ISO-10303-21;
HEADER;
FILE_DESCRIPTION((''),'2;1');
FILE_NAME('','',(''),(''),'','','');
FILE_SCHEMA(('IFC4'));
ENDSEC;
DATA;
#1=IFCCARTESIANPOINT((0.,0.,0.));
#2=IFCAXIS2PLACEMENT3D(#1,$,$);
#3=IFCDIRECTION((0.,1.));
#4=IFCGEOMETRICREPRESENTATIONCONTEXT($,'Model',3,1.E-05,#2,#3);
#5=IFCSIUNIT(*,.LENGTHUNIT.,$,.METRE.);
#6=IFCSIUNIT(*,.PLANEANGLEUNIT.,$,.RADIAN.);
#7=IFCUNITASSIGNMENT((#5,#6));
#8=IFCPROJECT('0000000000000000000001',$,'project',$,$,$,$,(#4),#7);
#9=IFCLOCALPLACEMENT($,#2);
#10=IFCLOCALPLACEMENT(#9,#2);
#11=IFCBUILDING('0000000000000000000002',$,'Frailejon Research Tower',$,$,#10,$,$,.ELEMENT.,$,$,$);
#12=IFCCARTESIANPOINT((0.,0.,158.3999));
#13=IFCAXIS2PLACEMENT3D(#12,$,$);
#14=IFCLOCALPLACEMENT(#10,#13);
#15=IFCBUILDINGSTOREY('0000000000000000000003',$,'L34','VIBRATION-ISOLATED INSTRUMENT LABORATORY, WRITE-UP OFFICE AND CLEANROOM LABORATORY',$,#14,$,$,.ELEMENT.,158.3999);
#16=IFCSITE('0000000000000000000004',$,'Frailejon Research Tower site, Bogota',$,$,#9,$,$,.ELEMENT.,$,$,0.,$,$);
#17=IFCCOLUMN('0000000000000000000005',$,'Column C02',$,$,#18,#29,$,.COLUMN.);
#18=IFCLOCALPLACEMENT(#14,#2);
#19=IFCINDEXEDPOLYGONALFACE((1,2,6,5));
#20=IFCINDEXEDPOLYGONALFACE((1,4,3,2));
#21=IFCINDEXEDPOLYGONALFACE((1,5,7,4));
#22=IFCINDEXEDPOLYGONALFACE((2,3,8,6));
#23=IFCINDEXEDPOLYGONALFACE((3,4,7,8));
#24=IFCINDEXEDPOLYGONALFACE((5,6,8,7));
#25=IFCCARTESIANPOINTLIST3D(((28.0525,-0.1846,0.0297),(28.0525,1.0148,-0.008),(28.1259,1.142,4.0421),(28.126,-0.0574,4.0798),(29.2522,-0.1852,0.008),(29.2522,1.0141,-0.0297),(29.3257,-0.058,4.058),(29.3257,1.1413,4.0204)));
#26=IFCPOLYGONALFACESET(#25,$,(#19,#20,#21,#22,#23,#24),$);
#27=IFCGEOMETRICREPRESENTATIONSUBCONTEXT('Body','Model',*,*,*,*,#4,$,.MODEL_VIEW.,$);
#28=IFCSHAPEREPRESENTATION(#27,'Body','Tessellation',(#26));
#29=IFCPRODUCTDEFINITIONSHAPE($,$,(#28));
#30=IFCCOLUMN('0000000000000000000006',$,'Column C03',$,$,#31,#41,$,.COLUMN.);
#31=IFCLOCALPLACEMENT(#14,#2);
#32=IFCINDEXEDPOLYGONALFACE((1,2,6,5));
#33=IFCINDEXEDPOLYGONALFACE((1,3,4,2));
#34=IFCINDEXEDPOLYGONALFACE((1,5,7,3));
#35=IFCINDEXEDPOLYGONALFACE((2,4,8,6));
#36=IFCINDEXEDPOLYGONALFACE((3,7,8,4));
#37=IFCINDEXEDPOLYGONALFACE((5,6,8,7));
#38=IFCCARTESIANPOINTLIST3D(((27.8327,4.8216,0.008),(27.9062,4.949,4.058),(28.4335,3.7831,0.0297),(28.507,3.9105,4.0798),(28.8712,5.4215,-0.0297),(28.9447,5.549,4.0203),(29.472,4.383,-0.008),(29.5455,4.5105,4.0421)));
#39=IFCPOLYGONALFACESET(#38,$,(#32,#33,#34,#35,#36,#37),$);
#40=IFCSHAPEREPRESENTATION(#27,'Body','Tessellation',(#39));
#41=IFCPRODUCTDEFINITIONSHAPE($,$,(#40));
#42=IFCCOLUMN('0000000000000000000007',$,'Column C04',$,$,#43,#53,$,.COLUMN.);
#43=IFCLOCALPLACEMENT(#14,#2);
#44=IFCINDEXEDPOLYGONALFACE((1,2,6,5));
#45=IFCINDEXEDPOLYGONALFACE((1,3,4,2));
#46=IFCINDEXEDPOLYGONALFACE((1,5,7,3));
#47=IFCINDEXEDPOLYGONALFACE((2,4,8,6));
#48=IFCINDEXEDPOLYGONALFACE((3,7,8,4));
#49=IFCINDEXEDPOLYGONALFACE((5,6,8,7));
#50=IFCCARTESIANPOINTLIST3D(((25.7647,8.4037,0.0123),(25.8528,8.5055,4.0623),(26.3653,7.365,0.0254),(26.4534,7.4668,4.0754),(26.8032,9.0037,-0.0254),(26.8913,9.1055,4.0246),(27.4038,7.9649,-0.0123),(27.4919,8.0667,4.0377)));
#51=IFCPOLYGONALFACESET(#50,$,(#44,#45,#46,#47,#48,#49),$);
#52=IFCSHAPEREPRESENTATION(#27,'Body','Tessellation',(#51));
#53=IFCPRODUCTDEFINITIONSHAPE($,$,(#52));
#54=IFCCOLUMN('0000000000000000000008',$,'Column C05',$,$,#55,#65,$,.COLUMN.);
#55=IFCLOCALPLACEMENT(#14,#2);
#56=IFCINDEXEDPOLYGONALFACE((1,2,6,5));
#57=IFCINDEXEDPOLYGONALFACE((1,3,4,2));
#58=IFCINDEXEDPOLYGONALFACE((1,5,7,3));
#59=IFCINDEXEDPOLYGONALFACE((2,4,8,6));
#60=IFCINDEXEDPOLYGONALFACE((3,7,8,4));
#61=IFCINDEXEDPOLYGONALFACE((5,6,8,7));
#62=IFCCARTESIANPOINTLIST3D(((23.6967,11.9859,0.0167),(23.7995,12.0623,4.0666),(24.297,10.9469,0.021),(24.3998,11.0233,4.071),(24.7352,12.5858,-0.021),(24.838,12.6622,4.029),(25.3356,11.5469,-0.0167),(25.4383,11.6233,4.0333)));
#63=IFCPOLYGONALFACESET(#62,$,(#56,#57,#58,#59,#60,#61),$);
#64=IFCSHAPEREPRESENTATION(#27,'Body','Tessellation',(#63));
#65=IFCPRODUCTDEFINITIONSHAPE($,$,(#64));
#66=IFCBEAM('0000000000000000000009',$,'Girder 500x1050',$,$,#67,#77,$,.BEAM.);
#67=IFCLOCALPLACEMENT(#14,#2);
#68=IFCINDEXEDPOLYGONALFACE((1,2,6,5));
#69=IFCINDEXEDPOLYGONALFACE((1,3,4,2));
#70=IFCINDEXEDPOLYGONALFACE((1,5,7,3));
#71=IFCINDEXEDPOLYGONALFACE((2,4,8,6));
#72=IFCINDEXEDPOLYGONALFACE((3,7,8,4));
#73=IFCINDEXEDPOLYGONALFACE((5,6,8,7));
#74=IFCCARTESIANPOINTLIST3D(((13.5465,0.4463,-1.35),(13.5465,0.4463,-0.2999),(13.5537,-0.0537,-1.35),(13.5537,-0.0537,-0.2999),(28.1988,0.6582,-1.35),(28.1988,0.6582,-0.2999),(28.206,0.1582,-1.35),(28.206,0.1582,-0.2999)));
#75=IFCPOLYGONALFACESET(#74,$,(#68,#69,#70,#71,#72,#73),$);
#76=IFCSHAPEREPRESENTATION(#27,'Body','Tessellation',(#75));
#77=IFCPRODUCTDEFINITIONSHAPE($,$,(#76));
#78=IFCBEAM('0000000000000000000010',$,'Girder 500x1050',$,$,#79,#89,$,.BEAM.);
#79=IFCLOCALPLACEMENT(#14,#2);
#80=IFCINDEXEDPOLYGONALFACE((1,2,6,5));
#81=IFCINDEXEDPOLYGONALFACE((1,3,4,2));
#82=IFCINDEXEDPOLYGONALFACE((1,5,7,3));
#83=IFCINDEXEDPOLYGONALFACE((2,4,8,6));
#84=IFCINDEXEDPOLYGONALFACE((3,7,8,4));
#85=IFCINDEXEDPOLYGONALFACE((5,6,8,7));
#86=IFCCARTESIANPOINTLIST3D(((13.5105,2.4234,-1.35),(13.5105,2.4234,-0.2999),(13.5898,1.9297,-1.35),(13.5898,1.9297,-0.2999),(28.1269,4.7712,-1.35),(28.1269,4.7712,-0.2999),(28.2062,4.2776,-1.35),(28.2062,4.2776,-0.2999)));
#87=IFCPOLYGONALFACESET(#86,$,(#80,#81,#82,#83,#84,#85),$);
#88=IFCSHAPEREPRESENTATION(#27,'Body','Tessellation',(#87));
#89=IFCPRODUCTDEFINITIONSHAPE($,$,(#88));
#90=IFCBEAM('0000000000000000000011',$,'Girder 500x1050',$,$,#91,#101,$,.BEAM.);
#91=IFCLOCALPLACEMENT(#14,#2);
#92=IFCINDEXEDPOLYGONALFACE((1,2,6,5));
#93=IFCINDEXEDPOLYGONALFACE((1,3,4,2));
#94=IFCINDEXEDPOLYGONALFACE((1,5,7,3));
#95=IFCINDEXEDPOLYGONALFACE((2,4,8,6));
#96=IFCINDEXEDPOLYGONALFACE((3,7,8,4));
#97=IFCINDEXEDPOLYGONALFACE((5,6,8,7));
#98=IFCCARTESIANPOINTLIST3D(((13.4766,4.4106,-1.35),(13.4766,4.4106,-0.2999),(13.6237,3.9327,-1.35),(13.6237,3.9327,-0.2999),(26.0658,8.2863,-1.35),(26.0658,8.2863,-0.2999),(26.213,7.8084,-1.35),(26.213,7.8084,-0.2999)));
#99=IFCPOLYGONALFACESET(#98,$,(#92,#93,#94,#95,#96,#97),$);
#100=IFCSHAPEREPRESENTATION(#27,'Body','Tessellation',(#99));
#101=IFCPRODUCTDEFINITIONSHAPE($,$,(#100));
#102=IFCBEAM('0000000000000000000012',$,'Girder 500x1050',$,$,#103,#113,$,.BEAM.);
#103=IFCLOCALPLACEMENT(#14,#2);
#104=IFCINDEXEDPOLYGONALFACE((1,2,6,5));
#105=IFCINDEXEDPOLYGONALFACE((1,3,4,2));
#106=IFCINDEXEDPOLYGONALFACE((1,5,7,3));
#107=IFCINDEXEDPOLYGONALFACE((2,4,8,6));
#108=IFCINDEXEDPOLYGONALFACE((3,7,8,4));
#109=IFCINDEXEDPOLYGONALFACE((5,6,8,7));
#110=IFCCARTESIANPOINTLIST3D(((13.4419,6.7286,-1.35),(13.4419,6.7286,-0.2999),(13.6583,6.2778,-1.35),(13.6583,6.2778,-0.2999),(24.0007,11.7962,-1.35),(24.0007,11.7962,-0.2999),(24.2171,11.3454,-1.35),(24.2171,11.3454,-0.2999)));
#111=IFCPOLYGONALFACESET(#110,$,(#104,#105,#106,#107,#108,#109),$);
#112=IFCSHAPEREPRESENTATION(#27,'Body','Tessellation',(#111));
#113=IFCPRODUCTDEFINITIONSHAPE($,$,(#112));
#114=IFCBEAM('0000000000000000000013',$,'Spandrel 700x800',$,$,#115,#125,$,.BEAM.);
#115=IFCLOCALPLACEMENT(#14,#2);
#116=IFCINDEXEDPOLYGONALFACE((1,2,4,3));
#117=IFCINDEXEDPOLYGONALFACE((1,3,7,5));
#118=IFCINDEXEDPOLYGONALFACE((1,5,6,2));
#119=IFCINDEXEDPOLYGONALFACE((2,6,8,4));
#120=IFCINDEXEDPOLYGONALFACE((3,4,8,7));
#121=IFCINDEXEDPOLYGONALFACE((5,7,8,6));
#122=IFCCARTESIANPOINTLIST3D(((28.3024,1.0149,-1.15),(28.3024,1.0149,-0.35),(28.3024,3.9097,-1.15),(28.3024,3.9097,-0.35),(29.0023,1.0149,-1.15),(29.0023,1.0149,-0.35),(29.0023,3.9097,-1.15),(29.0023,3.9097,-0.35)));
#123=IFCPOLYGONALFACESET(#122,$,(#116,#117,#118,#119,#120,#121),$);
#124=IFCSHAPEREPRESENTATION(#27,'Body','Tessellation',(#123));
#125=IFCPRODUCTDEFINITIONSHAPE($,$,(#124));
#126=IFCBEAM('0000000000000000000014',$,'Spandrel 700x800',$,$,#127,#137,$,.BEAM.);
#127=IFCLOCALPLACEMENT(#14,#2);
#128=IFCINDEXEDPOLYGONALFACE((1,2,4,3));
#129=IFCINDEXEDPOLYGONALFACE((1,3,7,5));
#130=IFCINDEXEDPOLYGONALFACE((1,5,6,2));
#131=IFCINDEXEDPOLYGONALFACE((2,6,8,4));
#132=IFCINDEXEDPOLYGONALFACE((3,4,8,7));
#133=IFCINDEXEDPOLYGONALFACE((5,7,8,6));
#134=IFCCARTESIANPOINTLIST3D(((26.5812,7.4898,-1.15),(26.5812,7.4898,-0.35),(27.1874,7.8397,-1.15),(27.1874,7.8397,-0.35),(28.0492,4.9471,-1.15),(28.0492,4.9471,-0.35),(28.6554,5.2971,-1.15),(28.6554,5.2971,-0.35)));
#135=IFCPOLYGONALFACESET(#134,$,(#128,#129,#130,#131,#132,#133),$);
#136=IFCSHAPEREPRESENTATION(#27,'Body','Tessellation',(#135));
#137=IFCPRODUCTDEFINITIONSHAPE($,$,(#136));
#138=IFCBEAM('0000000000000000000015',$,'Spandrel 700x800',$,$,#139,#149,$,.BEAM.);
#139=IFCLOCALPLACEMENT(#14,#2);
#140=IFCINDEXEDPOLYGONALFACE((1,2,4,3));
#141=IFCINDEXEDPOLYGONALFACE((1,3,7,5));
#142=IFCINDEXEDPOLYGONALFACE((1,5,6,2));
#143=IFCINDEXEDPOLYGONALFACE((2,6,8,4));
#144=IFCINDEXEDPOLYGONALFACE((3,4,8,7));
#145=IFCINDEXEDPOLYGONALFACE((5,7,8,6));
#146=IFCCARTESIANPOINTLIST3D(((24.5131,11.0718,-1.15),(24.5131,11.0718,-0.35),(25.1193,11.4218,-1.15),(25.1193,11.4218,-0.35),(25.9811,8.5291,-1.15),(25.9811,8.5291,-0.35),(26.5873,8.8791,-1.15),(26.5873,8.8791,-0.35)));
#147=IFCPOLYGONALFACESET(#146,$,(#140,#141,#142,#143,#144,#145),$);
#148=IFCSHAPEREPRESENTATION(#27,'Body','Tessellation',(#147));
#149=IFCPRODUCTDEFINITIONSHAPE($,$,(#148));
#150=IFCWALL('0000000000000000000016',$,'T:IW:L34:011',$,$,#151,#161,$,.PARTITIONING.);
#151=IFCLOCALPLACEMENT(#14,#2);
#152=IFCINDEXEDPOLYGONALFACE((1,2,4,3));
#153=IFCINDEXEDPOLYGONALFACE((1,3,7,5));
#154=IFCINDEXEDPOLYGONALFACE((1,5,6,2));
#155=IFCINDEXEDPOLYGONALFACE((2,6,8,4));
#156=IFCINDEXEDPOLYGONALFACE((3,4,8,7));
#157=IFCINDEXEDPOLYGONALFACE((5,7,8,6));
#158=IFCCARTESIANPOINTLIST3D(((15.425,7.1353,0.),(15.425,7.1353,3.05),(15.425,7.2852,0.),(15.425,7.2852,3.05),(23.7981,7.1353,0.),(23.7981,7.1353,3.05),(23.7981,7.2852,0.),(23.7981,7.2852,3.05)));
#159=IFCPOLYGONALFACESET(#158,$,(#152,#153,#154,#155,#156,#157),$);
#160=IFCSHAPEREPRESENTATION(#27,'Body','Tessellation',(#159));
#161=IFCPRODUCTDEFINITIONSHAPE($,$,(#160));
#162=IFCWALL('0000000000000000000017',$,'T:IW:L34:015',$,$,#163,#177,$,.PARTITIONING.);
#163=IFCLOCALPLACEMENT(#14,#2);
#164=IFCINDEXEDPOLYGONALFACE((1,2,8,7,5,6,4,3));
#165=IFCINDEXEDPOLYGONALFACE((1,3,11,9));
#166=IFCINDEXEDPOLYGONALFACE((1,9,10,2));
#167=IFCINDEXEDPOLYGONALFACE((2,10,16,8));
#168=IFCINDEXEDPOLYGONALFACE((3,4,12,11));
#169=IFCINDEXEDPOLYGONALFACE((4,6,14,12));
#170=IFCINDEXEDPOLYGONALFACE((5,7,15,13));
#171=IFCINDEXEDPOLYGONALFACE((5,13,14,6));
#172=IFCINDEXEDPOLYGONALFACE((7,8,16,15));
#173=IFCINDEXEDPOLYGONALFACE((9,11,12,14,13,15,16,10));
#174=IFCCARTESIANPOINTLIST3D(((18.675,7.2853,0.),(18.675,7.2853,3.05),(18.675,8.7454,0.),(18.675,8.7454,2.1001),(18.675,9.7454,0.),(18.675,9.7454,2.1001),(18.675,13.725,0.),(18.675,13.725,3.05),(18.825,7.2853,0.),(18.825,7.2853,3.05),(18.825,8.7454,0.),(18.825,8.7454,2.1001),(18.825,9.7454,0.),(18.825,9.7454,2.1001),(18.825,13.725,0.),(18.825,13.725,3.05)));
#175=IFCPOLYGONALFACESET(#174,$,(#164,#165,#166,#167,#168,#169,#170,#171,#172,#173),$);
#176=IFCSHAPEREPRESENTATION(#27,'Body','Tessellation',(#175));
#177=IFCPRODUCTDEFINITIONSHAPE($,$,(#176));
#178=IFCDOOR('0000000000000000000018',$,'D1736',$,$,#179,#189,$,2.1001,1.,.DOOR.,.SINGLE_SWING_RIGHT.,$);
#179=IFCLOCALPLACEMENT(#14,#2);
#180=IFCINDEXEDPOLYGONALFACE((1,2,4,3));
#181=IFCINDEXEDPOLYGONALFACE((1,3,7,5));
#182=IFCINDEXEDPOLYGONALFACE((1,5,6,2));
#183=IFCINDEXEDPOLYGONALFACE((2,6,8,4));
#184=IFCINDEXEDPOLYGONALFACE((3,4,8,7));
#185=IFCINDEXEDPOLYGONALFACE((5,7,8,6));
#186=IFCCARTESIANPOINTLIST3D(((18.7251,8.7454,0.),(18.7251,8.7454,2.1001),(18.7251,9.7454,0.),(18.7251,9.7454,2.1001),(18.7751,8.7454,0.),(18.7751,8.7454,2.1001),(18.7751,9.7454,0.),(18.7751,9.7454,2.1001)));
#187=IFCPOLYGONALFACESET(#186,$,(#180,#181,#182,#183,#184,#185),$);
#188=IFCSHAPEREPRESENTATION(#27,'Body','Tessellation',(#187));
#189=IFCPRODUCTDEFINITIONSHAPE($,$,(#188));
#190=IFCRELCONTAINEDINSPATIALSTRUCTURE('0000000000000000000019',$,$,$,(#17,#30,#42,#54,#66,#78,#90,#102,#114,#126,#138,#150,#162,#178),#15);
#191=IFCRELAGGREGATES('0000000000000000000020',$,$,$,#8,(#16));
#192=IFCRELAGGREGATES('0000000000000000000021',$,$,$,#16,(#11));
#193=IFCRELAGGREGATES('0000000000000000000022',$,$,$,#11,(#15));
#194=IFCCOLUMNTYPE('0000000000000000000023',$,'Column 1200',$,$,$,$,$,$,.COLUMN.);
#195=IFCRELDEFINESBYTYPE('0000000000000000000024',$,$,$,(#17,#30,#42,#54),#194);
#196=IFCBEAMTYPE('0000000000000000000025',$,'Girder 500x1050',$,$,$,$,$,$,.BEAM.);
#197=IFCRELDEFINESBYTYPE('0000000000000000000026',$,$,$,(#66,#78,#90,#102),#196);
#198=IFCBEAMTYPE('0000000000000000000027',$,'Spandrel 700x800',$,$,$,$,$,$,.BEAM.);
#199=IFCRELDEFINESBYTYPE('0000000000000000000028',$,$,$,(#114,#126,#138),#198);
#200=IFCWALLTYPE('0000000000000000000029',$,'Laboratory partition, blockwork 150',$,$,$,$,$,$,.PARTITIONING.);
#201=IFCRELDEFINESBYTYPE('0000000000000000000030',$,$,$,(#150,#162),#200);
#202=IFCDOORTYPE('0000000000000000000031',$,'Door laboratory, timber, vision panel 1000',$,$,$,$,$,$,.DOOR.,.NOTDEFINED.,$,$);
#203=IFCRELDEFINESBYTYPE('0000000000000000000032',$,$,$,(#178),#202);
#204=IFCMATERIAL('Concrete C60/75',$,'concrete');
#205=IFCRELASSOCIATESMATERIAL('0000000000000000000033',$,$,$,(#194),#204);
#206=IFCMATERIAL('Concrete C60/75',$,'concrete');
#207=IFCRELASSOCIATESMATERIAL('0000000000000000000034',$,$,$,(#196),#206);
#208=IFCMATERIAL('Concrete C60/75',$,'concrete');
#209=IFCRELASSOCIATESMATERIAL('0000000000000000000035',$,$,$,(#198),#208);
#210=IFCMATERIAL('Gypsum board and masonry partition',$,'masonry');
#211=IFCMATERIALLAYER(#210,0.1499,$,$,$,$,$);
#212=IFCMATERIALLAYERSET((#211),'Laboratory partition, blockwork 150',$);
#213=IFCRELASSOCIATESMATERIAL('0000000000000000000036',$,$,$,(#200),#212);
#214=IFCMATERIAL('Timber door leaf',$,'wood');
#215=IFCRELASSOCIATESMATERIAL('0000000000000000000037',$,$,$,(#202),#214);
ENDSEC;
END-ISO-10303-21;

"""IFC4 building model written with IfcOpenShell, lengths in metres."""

from ifc_helpers import new_model, si_unit, direction, frame, frame_2d, origin, origin_2d, place, context, subcontext, project, spatial, rectangle, extrude, material, layer, layer_set, material_profile, profile_set, type_object, element, fill, save


model = new_model("IFC4")

# Units and contexts
model_context = context("Model", 3, precision=1e-05, world=origin(), true_north=direction((0.0, 1.0)))
body_context = subcontext(model_context, "Body", "Model", "MODEL_VIEW")
ifc_project = project(units=[si_unit("LENGTHUNIT", "METRE"), si_unit("PLANEANGLEUNIT", "RADIAN")], contexts=[model_context])

# Site, building, storey
site_placement = place(None, origin())
site = spatial("IfcSite", under=ifc_project, at=site_placement, Name="Frailejon Research Tower site, Bogota", CompositionType="ELEMENT", RefElevation=0.0)
building_placement = place(site_placement, origin())
building = spatial("IfcBuilding", under=site, at=building_placement, Name="Frailejon Research Tower", CompositionType="ELEMENT")
storey_placement = place(building_placement, frame((0.0, 0.0, 158.3999)))
storey = spatial("IfcBuildingStorey", under=building, at=storey_placement, Name="L34", Description="VIBRATION-ISOLATED INSTRUMENT LABORATORY, WRITE-UP OFFICE AND CLEANROOM LABORATORY", CompositionType="ELEMENT", Elevation=158.3999)

# Columns
ifc_material_1 = material(Name="Concrete C60/75", Category="concrete")
ifc_material_profile_1 = material_profile(ifc_material_1, rectangle(XDim=1.2, YDim=1.2, at=origin_2d()), Name="Column 1200")
ifc_profile_set_1 = profile_set([ifc_material_profile_1], Name="Concrete C60/75")
column_type = type_object("IfcColumnType", Name="Column 1200", PredefinedType="COLUMN", material=ifc_profile_set_1)
for number, where, z_axis, x_axis, name in (
    (1, (28.6523, 0.4148, 0.0), (0.018133, 0.031386, 0.999343), (-0.000022, 0.999507, -0.03139), "Column C02"),
    (2, (28.6523, 4.6023, 0.0), (0.018133, 0.031446, 0.999341), (-0.500658, 0.865455, -0.018149), "Column C03"),
):
    element("IfcColumn", number, at=place(storey_placement, frame(where, z_axis=z_axis, x_axis=x_axis)), inside=storey, type_object=column_type, Name=name, PredefinedType="COLUMN", context=body_context, shape_type="SweptSolid", body=[
        extrude(rectangle(XDim=1.2, YDim=1.2, at=origin_2d()), origin(), (0.0, 0.0, 1.0), 4.0527),
    ])
column_1_placement = place(storey_placement, frame((26.5842, 8.1843, 0.0), z_axis=(0.021749, 0.025123, 0.999448), x_axis=(-0.500502, 0.865667, -0.010869)))
element("IfcColumn", 3, at=column_1_placement, inside=storey, type_object=column_type, Name="Column C04", PredefinedType="COLUMN", context=body_context, shape_type="SweptSolid", body=[
    extrude(rectangle(XDim=1.2, YDim=1.2, at=origin_2d()), origin(), (0.0, 0.0, 1.0), 4.0522),
])
column_2_placement = place(storey_placement, frame((24.5161, 11.7664, 0.0), z_axis=(0.025366, 0.018858, 0.9995), x_axis=(-0.500322, 0.865832, -0.003639)))
element("IfcColumn", 4, at=column_2_placement, inside=storey, type_object=column_type, Name="Column C05", PredefinedType="COLUMN", context=body_context, shape_type="SweptSolid", body=[
    extrude(rectangle(XDim=1.2, YDim=1.2, at=origin_2d()), origin(), (0.0, 0.0, 1.0), 4.052),
])

# Beams
ifc_material_2 = material(Name="Concrete C60/75", Category="concrete")
ifc_material_profile_2 = material_profile(ifc_material_2, rectangle(XDim=0.5, YDim=1.05, at=origin_2d()), Name="Girder 500x1050")
ifc_profile_set_2 = profile_set([ifc_material_profile_2], Name="Concrete C60/75")
beam_type_1 = type_object("IfcBeamType", Name="Girder 500x1050", PredefinedType="BEAM", material=ifc_profile_set_2)
beam_1_placement = place(storey_placement, frame((28.2024, 0.4082, -0.825), z_axis=(-0.999895, -0.014461, 0.0), x_axis=(0.014461, -0.999895, 0.0)))
element("IfcBeam", 5, at=beam_1_placement, inside=storey, type_object=beam_type_1, Name="Girder 500x1050", PredefinedType="BEAM", context=body_context, shape_type="SweptSolid", body=[
    extrude(rectangle(XDim=0.5, YDim=1.05, at=origin_2d()), origin(), (0.0, 0.0, 1.0), 14.6538),
])
beam_2_placement = place(storey_placement, frame((28.1665, 4.5244, -0.825), z_axis=(-0.987343, -0.158601, 0.0), x_axis=(0.158601, -0.987343, 0.0)))
element("IfcBeam", 6, at=beam_2_placement, inside=storey, type_object=beam_type_1, Name="Girder 500x1050", PredefinedType="BEAM", context=body_context, shape_type="SweptSolid", body=[
    extrude(rectangle(XDim=0.5, YDim=1.05, at=origin_2d()), origin(), (0.0, 0.0, 1.0), 14.8037),
])
beam_3_placement = place(storey_placement, frame((26.1394, 8.0474, -0.825), z_axis=(-0.955735, -0.29423, 0.0), x_axis=(0.29423, -0.955735, 0.0)))
element("IfcBeam", 7, at=beam_3_placement, inside=storey, type_object=beam_type_1, Name="Girder 500x1050", PredefinedType="BEAM", context=body_context, shape_type="SweptSolid", body=[
    extrude(rectangle(XDim=0.5, YDim=1.05, at=origin_2d()), origin(), (0.0, 0.0, 1.0), 13.1724),
])
beam_4_placement = place(storey_placement, frame((24.1089, 11.5708, -0.825), z_axis=(-0.901544, -0.432688, 0.0), x_axis=(0.432688, -0.901544, 0.0)))
element("IfcBeam", 8, at=beam_4_placement, inside=storey, type_object=beam_type_1, Name="Girder 500x1050", PredefinedType="BEAM", context=body_context, shape_type="SweptSolid", body=[
    extrude(rectangle(XDim=0.5, YDim=1.05, at=origin_2d()), origin(), (0.0, 0.0, 1.0), 11.7119),
])
ifc_material_3 = material(Name="Concrete C60/75", Category="concrete")
ifc_material_profile_3 = material_profile(ifc_material_3, rectangle(XDim=0.7, YDim=0.8, at=origin_2d()), Name="Spandrel 700x800")
ifc_profile_set_3 = profile_set([ifc_material_profile_3], Name="Concrete C60/75")
beam_type_2 = type_object("IfcBeamType", Name="Spandrel 700x800", PredefinedType="BEAM", material=ifc_profile_set_3)
beam_5_placement = place(storey_placement, frame((28.6523, 1.0149, -0.75), z_axis=(0.0, 1.0, 0.0), x_axis=(-1.0, 0.0, 0.0)))
element("IfcBeam", 9, at=beam_5_placement, inside=storey, type_object=beam_type_2, Name="Spandrel 700x800", PredefinedType="BEAM", context=body_context, shape_type="SweptSolid", body=[
    extrude(rectangle(XDim=0.7, YDim=0.8, at=origin_2d()), origin(), (0.0, 0.0, 1.0), 2.8948),
])
for number, where, z_axis, x_axis, name in (
    (10, (28.3523, 5.1221, -0.75), (-0.499994, 0.866029, 0.0), (-0.866029, -0.499994, 0.0), "Spandrel 700x800"),
    (11, (26.2842, 8.7041, -0.75), (-0.499994, 0.866029, 0.0), (-0.866029, -0.499994, 0.0), "Spandrel 700x800"),
):
    element("IfcBeam", number, at=place(storey_placement, frame(where, z_axis=z_axis, x_axis=x_axis)), inside=storey, type_object=beam_type_2, Name=name, PredefinedType="BEAM", context=body_context, shape_type="SweptSolid", body=[
        extrude(rectangle(XDim=0.7, YDim=0.8, at=origin_2d()), origin(), (0.0, 0.0, 1.0), 2.936),
    ])

# Wall
ifc_material_4 = material(Name="Gypsum board and masonry partition", Category="masonry")
ifc_layer_1 = layer(ifc_material_4, 0.1499)
ifc_layer_set_1 = layer_set([ifc_layer_1], Name="Laboratory partition, blockwork 150")
wall_type_1 = type_object("IfcWallType", Name="Laboratory partition, blockwork 150", PredefinedType="PARTITIONING", material=ifc_layer_set_1)
wall_1_placement = place(storey_placement, frame((15.425, 7.2102, 0.0), z_axis=(0.0, 0.0, 1.0), x_axis=(1.0, 0.0, 0.0)))
element("IfcWall", 12, at=wall_1_placement, inside=storey, type_object=wall_type_1, Name="T:IW:L34:011", PredefinedType="PARTITIONING", context=body_context, shape_type="SweptSolid", body=[
    extrude(rectangle(XDim=8.373, YDim=0.1499, at=frame_2d((4.1865, 0.0))), origin(), (0.0, 0.0, 1.0), 3.05),
])

# Wall, opening, door
wall_2_placement = place(storey_placement, frame((18.75, 7.2854, 0.0), z_axis=(0.0, 0.0, 1.0), x_axis=(0.0, 1.0, 0.0)))
wall_2 = element("IfcWall", 13, at=wall_2_placement, inside=storey, type_object=wall_type_1, Name="T:IW:L34:015", PredefinedType="PARTITIONING", context=body_context, shape_type="SweptSolid", body=[
    extrude(rectangle(XDim=6.4397, YDim=0.1499, at=frame_2d((3.2197, 0.0))), origin(), (0.0, 0.0, 1.0), 3.05),
])
opening_1_placement = place(wall_2_placement, frame((1.46, 0.0, 0.0)))
opening_1 = element("IfcOpeningElement", 14, at=opening_1_placement, cuts=wall_2, PredefinedType="OPENING", context=body_context, shape_type="SweptSolid", body=[
    extrude(rectangle(XDim=1.0, YDim=2.1001, at=frame_2d((0.5, 1.05))), frame((0.0, 0.085, 0.0), z_axis=(0.0, -1.0, 0.0), x_axis=(1.0, 0.0, 0.0)), (0.0, 0.0, 1.0), 0.1699),
])
ifc_material_5 = material(Name="Timber door leaf", Category="wood")
door_type_1 = type_object("IfcDoorType", Name="Door laboratory, timber, vision panel 1000", OperationType="NOTDEFINED", PredefinedType="DOOR", material=ifc_material_5)
door_1_placement = place(opening_1_placement, origin())
door_1 = element("IfcDoor", 15, at=door_1_placement, inside=storey, type_object=door_type_1, Name="D1736", OperationType="SINGLE_SWING_RIGHT", OverallHeight=2.1001, OverallWidth=1.0, PredefinedType="DOOR", context=body_context, shape_type="SweptSolid", body=[
    extrude(rectangle(XDim=1.0, YDim=2.1001, at=frame_2d((0.5, 1.05))), frame((0.0, 0.0249, 0.0), z_axis=(0.0, -1.0, 0.0), x_axis=(1.0, 0.0, 0.0)), (0.0, 0.0, 1.0), 0.05),
])
fill(opening_1, door_1)

save(model, "model.ifc")
